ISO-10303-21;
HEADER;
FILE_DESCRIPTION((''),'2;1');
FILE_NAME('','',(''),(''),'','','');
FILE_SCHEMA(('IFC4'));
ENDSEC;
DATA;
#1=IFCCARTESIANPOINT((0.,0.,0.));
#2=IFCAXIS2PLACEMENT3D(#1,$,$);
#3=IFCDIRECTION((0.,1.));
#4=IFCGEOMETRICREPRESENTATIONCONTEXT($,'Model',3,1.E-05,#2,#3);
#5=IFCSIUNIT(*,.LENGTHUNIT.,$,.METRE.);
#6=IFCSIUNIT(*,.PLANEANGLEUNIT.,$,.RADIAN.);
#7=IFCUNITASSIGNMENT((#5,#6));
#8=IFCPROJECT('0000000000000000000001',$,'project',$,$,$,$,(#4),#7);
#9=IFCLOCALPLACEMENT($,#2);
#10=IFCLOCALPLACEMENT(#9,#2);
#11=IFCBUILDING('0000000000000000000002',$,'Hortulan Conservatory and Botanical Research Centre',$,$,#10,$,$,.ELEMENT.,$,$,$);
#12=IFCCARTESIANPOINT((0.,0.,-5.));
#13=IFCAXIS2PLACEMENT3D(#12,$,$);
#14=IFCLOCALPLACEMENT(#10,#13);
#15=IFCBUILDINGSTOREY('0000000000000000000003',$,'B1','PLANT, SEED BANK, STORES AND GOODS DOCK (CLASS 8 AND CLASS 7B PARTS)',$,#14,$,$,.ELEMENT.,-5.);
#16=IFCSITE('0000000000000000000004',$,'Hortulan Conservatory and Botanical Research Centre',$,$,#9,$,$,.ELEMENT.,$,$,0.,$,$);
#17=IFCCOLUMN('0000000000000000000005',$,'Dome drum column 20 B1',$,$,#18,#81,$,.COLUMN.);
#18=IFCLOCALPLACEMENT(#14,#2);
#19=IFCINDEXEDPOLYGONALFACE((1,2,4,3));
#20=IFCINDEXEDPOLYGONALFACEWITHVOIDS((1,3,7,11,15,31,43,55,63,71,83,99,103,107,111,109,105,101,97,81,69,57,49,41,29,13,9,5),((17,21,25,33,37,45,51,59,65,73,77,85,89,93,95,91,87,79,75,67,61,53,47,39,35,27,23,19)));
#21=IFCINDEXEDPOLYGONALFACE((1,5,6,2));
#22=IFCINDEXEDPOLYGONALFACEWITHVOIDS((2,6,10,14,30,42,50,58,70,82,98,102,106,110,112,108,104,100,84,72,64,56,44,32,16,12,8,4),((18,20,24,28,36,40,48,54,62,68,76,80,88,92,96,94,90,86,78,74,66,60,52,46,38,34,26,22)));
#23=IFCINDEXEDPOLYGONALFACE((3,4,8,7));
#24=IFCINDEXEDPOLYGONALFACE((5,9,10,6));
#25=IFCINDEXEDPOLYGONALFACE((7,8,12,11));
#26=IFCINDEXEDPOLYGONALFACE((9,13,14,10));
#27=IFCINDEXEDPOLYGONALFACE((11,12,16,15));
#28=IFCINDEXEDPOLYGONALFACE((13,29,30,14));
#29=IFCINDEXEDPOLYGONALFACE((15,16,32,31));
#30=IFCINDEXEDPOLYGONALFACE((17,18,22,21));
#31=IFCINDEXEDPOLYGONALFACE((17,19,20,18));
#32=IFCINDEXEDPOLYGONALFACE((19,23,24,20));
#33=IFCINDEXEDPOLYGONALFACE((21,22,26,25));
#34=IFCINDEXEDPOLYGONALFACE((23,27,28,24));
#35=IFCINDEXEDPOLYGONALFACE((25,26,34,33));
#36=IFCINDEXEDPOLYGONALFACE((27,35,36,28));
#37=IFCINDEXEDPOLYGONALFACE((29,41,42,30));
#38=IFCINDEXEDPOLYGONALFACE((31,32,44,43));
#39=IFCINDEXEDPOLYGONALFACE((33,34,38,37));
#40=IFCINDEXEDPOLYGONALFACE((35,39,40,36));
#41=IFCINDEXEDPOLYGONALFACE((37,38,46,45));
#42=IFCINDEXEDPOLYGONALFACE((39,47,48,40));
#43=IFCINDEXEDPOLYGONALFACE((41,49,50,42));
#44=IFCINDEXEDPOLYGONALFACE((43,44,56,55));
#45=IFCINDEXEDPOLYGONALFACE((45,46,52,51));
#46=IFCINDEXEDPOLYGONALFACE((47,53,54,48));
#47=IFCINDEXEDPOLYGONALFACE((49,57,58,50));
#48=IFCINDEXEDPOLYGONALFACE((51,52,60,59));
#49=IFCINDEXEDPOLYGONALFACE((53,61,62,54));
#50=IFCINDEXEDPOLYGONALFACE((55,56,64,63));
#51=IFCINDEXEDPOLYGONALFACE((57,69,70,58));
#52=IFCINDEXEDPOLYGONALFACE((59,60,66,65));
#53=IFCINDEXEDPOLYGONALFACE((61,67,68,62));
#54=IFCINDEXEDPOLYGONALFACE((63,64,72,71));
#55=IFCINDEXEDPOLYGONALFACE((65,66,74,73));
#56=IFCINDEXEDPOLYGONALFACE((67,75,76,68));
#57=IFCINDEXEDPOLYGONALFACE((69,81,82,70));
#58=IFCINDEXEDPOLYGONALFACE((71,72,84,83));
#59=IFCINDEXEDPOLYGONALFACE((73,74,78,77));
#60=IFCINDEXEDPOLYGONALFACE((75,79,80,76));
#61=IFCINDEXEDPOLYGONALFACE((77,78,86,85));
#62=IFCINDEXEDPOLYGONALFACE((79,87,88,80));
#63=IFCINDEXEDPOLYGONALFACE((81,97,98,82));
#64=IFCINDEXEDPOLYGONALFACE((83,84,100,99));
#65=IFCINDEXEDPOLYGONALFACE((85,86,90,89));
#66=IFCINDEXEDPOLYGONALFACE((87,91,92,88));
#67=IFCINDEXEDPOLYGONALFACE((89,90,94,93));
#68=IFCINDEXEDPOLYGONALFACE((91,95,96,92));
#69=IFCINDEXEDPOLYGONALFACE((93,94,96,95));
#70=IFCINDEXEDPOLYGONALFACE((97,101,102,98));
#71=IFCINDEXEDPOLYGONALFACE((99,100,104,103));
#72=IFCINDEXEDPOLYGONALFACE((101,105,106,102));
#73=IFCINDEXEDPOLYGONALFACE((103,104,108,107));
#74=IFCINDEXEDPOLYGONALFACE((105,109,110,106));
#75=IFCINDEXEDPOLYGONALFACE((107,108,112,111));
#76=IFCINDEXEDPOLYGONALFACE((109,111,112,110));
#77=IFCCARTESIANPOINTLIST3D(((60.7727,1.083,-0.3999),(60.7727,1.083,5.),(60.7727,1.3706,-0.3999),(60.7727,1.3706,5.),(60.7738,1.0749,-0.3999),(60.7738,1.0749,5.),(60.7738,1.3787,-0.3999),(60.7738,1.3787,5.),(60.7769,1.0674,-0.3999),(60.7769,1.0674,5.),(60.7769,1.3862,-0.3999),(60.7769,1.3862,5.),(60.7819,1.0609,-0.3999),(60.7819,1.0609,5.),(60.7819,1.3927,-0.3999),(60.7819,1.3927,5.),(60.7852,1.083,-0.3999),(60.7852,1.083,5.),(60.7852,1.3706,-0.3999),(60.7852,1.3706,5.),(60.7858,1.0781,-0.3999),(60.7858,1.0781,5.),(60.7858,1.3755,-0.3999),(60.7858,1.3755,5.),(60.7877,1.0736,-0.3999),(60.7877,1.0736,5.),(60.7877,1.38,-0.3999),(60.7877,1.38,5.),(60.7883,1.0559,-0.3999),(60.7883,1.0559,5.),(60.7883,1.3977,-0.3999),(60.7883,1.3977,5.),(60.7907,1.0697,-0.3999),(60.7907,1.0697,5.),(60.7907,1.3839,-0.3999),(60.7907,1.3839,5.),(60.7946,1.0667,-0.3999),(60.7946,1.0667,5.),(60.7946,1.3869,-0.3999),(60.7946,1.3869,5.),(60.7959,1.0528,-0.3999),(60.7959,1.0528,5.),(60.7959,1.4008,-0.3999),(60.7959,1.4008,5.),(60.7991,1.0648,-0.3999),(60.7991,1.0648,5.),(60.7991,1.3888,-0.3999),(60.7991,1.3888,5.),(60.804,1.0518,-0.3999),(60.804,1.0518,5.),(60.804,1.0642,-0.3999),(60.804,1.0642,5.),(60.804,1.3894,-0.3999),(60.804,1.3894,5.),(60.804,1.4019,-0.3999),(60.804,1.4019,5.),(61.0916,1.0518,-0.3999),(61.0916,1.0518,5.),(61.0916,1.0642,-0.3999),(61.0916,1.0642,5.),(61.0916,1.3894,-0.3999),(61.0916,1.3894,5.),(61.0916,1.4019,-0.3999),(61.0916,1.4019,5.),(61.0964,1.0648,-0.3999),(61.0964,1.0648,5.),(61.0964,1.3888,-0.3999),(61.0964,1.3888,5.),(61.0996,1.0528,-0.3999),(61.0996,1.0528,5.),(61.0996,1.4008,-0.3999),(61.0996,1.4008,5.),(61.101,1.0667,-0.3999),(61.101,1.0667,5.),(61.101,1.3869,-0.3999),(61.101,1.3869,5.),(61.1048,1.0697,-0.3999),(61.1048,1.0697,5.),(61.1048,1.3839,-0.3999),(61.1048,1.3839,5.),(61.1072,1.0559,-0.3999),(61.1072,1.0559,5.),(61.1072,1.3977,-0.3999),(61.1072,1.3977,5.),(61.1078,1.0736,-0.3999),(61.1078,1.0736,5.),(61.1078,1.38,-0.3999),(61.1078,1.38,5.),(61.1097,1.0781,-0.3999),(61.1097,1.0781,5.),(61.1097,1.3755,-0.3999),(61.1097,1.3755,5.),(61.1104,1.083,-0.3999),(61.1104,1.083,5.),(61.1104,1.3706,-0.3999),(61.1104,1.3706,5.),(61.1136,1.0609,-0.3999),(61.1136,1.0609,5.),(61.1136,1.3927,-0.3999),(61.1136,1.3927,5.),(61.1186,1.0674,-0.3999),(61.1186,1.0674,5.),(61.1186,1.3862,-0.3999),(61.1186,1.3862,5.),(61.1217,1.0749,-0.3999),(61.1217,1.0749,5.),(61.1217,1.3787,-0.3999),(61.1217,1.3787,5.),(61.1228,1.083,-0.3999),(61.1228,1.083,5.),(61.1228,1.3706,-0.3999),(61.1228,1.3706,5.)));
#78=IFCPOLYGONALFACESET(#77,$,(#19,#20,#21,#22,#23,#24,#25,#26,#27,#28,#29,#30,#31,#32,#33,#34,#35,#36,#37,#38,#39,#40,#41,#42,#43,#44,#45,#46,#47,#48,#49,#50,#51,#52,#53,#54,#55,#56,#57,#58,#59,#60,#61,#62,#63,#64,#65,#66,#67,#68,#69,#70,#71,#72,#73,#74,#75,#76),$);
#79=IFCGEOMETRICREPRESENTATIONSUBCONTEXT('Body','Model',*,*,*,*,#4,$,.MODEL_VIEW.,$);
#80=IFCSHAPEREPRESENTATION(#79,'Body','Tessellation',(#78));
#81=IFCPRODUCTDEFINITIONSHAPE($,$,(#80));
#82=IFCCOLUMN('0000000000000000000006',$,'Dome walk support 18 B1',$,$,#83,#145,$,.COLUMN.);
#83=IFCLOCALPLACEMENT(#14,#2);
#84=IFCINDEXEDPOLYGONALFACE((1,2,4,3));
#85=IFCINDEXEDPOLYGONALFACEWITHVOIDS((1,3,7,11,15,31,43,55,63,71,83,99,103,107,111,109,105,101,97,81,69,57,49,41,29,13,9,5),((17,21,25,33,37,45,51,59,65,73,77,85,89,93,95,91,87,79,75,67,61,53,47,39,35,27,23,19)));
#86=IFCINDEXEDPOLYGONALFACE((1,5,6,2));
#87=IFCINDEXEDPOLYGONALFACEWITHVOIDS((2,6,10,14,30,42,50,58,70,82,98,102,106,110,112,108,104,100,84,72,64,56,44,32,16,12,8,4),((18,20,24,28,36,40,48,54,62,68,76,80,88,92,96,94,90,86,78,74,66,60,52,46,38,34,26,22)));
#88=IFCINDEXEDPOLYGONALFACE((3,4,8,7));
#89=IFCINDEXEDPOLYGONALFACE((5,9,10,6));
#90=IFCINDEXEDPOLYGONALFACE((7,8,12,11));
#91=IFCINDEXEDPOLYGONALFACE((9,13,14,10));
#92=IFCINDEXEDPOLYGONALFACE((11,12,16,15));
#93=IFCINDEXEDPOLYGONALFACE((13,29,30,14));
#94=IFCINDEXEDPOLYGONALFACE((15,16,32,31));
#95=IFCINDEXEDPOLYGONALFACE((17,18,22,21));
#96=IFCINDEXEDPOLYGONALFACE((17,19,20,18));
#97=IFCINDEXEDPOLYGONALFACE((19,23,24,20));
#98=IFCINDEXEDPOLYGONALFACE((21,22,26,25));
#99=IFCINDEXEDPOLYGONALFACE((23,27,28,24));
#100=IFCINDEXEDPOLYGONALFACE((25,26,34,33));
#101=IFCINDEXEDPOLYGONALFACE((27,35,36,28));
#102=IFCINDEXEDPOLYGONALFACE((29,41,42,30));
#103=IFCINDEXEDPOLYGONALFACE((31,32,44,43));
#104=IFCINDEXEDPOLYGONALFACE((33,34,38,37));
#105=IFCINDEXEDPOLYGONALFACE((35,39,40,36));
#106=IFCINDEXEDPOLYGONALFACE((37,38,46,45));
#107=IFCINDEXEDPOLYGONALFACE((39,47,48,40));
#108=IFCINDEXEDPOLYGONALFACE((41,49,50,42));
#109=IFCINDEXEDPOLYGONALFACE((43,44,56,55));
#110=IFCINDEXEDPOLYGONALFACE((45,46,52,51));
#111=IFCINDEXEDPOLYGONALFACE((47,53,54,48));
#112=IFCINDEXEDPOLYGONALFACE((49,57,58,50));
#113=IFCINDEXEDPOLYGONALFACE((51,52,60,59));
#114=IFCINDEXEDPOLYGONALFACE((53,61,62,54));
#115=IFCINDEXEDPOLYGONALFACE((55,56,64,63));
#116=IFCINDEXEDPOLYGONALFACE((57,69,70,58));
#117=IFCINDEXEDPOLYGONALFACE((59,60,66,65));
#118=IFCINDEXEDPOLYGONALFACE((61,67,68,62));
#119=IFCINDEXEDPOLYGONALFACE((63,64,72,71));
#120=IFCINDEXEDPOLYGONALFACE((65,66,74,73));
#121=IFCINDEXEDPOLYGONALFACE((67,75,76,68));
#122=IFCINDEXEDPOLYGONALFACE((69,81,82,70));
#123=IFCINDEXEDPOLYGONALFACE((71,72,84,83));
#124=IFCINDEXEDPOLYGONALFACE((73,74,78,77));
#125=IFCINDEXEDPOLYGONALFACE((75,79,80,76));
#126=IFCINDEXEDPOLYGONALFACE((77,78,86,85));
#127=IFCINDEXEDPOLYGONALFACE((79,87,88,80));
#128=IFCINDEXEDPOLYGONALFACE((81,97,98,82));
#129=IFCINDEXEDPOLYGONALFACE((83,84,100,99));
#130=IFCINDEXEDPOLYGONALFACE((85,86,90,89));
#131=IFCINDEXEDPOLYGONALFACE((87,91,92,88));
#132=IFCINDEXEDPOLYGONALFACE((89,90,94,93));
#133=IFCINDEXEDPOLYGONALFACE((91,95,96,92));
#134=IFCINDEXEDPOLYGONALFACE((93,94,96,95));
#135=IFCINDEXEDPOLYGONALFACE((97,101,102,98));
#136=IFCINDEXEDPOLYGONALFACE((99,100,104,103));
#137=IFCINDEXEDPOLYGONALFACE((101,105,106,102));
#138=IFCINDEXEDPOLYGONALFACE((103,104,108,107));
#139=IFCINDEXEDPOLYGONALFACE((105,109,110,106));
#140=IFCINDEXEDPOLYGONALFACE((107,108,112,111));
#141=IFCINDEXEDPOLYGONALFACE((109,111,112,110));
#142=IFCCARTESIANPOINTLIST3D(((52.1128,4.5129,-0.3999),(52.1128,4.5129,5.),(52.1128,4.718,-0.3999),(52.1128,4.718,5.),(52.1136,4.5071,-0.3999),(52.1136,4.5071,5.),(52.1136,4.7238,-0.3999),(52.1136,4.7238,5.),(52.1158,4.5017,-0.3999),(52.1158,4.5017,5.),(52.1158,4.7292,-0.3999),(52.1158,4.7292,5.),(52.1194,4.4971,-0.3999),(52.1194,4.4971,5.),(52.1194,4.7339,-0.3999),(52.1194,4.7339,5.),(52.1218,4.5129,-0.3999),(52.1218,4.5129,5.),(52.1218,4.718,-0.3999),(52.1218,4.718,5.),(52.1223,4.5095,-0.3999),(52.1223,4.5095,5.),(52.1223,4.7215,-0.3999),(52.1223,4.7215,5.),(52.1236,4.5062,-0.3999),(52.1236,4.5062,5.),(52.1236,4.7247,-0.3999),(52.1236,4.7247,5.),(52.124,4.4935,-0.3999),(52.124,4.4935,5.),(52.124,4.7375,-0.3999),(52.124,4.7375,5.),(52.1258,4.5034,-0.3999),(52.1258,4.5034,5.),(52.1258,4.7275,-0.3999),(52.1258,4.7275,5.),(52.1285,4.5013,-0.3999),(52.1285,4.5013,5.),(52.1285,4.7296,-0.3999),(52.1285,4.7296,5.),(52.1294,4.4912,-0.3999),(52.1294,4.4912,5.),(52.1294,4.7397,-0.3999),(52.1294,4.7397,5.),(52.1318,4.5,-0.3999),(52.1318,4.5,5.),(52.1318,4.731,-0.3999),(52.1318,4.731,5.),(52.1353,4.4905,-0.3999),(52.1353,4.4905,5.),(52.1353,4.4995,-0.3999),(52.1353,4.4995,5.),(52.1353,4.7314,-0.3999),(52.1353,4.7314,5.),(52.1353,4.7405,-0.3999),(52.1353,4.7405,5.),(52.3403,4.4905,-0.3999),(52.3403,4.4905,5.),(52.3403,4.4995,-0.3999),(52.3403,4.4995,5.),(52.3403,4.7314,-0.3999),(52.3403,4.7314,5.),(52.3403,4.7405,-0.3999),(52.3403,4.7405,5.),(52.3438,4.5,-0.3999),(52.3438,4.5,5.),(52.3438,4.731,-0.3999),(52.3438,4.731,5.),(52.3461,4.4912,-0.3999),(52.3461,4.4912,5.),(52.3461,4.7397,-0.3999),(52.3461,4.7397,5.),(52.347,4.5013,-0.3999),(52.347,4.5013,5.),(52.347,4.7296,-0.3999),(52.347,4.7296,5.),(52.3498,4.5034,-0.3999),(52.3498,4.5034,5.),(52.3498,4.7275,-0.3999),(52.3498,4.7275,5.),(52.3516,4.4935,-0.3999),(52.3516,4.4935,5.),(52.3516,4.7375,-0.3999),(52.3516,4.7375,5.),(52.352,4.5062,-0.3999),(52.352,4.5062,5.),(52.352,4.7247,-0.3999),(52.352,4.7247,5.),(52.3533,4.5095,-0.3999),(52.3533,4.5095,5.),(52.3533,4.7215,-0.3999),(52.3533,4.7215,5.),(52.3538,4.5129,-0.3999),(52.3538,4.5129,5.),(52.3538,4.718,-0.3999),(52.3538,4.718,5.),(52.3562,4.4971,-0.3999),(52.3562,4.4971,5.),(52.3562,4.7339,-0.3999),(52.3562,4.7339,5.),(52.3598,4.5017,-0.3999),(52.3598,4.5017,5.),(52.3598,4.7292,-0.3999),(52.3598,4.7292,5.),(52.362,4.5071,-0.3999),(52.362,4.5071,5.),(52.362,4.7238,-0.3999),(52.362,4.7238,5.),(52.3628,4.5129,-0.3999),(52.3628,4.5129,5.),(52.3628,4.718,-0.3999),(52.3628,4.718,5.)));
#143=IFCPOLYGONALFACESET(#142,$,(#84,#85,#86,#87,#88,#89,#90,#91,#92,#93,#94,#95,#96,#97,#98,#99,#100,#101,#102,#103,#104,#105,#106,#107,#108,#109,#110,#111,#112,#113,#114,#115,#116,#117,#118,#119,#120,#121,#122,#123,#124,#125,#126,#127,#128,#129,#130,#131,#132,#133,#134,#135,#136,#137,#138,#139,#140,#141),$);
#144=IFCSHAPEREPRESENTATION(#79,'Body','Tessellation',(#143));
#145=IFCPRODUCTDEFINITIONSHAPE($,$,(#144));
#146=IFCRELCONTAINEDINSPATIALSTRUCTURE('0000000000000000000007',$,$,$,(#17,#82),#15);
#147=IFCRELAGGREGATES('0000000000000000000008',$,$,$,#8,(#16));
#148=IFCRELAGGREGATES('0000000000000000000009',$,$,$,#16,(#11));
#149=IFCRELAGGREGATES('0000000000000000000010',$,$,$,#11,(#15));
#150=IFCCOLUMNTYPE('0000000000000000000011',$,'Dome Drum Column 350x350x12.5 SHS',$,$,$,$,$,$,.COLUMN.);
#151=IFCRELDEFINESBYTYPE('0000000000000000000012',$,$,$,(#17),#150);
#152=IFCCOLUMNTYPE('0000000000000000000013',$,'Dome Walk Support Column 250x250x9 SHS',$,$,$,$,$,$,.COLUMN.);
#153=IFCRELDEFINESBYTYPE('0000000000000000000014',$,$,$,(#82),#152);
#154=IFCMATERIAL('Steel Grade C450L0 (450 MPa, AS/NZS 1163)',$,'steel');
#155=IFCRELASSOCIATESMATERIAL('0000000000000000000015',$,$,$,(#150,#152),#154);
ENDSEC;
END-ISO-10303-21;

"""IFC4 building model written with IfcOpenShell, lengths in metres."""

from ifc_helpers import new_model, si_unit, direction, frame, origin, origin_2d, place, context, subcontext, project, spatial, hollow_rectangle, extrude, material, material_profile, profile_set, type_object, element, save


model = new_model("IFC4")

# Units and contexts
model_context = context("Model", 3, precision=1e-05, world=origin(), true_north=direction((0.0, 1.0)))
body_context = subcontext(model_context, "Body", "Model", "MODEL_VIEW")
ifc_project = project(units=[si_unit("LENGTHUNIT", "METRE"), si_unit("PLANEANGLEUNIT", "RADIAN")], contexts=[model_context])

# Site, building, storey
site_placement = place(None, origin())
site = spatial("IfcSite", under=ifc_project, at=site_placement, Name="Hortulan Conservatory and Botanical Research Centre", CompositionType="ELEMENT", RefElevation=0.0)
building_placement = place(site_placement, origin())
building = spatial("IfcBuilding", under=site, at=building_placement, Name="Hortulan Conservatory and Botanical Research Centre", CompositionType="ELEMENT")
storey_placement = place(building_placement, frame((0.0, 0.0, -5.0)))
storey = spatial("IfcBuildingStorey", under=building, at=storey_placement, Name="B1", Description="PLANT, SEED BANK, STORES AND GOODS DOCK (CLASS 8 AND CLASS 7B PARTS)", CompositionType="ELEMENT", Elevation=-5.0)

# Columns
ifc_material_1 = material(Name="Steel Grade C450L0 (450 MPa, AS/NZS 1163)", Category="steel")
ifc_material_profile_1 = material_profile(ifc_material_1, hollow_rectangle(XDim=0.3501, YDim=0.3501, WallThickness=0.0125, InnerFilletRadius=0.0188, OuterFilletRadius=0.0312, at=origin_2d()), Name="350x350x12.5SHS")
ifc_profile_set_1 = profile_set([ifc_material_profile_1], Name="Steel Grade C450L0 (450 MPa, AS/NZS 1163)")
column_type_1 = type_object("IfcColumnType", Name="Dome Drum Column 350x350x12.5 SHS", PredefinedType="COLUMN", material=ifc_profile_set_1)
for number, where, z_axis, x_axis, name in (
    (1, (60.9478, 1.2268, -0.3999), (0.0, 0.0, 1.0), (1.0, 0.0, 0.0), "Dome drum column 20 B1"),
):
    element("IfcColumn", number, at=place(storey_placement, frame(where, z_axis=z_axis, x_axis=x_axis)), inside=storey, type_object=column_type_1, Name=name, PredefinedType="COLUMN", context=body_context, shape_type="SweptSolid", body=[
        extrude(hollow_rectangle(XDim=0.3501, YDim=0.3501, WallThickness=0.0125, InnerFilletRadius=0.0188, OuterFilletRadius=0.0312, at=origin_2d()), origin(), (0.0, 0.0, 1.0), 5.3999),
    ])
ifc_material_profile_2 = material_profile(ifc_material_1, hollow_rectangle(XDim=0.25, YDim=0.25, WallThickness=0.009, InnerFilletRadius=0.0134, OuterFilletRadius=0.0225, at=origin_2d()), Name="250x250x9SHS")
ifc_profile_set_2 = profile_set([ifc_material_profile_2], Name="Steel Grade C450L0 (450 MPa, AS/NZS 1163)")
column_type_2 = type_object("IfcColumnType", Name="Dome Walk Support Column 250x250x9 SHS", PredefinedType="COLUMN", material=ifc_profile_set_2)
for number, where, z_axis, x_axis, name in (
    (2, (52.2378, 4.6155, -0.3999), (0.0, 0.0, 1.0), (1.0, 0.0, 0.0), "Dome walk support 18 B1"),
):
    element("IfcColumn", number, at=place(storey_placement, frame(where, z_axis=z_axis, x_axis=x_axis)), inside=storey, type_object=column_type_2, Name=name, PredefinedType="COLUMN", context=body_context, shape_type="SweptSolid", body=[
        extrude(hollow_rectangle(XDim=0.25, YDim=0.25, WallThickness=0.009, InnerFilletRadius=0.0134, OuterFilletRadius=0.0225, at=origin_2d()), origin(), (0.0, 0.0, 1.0), 5.3999),
    ])

save(model, "model.ifc")
